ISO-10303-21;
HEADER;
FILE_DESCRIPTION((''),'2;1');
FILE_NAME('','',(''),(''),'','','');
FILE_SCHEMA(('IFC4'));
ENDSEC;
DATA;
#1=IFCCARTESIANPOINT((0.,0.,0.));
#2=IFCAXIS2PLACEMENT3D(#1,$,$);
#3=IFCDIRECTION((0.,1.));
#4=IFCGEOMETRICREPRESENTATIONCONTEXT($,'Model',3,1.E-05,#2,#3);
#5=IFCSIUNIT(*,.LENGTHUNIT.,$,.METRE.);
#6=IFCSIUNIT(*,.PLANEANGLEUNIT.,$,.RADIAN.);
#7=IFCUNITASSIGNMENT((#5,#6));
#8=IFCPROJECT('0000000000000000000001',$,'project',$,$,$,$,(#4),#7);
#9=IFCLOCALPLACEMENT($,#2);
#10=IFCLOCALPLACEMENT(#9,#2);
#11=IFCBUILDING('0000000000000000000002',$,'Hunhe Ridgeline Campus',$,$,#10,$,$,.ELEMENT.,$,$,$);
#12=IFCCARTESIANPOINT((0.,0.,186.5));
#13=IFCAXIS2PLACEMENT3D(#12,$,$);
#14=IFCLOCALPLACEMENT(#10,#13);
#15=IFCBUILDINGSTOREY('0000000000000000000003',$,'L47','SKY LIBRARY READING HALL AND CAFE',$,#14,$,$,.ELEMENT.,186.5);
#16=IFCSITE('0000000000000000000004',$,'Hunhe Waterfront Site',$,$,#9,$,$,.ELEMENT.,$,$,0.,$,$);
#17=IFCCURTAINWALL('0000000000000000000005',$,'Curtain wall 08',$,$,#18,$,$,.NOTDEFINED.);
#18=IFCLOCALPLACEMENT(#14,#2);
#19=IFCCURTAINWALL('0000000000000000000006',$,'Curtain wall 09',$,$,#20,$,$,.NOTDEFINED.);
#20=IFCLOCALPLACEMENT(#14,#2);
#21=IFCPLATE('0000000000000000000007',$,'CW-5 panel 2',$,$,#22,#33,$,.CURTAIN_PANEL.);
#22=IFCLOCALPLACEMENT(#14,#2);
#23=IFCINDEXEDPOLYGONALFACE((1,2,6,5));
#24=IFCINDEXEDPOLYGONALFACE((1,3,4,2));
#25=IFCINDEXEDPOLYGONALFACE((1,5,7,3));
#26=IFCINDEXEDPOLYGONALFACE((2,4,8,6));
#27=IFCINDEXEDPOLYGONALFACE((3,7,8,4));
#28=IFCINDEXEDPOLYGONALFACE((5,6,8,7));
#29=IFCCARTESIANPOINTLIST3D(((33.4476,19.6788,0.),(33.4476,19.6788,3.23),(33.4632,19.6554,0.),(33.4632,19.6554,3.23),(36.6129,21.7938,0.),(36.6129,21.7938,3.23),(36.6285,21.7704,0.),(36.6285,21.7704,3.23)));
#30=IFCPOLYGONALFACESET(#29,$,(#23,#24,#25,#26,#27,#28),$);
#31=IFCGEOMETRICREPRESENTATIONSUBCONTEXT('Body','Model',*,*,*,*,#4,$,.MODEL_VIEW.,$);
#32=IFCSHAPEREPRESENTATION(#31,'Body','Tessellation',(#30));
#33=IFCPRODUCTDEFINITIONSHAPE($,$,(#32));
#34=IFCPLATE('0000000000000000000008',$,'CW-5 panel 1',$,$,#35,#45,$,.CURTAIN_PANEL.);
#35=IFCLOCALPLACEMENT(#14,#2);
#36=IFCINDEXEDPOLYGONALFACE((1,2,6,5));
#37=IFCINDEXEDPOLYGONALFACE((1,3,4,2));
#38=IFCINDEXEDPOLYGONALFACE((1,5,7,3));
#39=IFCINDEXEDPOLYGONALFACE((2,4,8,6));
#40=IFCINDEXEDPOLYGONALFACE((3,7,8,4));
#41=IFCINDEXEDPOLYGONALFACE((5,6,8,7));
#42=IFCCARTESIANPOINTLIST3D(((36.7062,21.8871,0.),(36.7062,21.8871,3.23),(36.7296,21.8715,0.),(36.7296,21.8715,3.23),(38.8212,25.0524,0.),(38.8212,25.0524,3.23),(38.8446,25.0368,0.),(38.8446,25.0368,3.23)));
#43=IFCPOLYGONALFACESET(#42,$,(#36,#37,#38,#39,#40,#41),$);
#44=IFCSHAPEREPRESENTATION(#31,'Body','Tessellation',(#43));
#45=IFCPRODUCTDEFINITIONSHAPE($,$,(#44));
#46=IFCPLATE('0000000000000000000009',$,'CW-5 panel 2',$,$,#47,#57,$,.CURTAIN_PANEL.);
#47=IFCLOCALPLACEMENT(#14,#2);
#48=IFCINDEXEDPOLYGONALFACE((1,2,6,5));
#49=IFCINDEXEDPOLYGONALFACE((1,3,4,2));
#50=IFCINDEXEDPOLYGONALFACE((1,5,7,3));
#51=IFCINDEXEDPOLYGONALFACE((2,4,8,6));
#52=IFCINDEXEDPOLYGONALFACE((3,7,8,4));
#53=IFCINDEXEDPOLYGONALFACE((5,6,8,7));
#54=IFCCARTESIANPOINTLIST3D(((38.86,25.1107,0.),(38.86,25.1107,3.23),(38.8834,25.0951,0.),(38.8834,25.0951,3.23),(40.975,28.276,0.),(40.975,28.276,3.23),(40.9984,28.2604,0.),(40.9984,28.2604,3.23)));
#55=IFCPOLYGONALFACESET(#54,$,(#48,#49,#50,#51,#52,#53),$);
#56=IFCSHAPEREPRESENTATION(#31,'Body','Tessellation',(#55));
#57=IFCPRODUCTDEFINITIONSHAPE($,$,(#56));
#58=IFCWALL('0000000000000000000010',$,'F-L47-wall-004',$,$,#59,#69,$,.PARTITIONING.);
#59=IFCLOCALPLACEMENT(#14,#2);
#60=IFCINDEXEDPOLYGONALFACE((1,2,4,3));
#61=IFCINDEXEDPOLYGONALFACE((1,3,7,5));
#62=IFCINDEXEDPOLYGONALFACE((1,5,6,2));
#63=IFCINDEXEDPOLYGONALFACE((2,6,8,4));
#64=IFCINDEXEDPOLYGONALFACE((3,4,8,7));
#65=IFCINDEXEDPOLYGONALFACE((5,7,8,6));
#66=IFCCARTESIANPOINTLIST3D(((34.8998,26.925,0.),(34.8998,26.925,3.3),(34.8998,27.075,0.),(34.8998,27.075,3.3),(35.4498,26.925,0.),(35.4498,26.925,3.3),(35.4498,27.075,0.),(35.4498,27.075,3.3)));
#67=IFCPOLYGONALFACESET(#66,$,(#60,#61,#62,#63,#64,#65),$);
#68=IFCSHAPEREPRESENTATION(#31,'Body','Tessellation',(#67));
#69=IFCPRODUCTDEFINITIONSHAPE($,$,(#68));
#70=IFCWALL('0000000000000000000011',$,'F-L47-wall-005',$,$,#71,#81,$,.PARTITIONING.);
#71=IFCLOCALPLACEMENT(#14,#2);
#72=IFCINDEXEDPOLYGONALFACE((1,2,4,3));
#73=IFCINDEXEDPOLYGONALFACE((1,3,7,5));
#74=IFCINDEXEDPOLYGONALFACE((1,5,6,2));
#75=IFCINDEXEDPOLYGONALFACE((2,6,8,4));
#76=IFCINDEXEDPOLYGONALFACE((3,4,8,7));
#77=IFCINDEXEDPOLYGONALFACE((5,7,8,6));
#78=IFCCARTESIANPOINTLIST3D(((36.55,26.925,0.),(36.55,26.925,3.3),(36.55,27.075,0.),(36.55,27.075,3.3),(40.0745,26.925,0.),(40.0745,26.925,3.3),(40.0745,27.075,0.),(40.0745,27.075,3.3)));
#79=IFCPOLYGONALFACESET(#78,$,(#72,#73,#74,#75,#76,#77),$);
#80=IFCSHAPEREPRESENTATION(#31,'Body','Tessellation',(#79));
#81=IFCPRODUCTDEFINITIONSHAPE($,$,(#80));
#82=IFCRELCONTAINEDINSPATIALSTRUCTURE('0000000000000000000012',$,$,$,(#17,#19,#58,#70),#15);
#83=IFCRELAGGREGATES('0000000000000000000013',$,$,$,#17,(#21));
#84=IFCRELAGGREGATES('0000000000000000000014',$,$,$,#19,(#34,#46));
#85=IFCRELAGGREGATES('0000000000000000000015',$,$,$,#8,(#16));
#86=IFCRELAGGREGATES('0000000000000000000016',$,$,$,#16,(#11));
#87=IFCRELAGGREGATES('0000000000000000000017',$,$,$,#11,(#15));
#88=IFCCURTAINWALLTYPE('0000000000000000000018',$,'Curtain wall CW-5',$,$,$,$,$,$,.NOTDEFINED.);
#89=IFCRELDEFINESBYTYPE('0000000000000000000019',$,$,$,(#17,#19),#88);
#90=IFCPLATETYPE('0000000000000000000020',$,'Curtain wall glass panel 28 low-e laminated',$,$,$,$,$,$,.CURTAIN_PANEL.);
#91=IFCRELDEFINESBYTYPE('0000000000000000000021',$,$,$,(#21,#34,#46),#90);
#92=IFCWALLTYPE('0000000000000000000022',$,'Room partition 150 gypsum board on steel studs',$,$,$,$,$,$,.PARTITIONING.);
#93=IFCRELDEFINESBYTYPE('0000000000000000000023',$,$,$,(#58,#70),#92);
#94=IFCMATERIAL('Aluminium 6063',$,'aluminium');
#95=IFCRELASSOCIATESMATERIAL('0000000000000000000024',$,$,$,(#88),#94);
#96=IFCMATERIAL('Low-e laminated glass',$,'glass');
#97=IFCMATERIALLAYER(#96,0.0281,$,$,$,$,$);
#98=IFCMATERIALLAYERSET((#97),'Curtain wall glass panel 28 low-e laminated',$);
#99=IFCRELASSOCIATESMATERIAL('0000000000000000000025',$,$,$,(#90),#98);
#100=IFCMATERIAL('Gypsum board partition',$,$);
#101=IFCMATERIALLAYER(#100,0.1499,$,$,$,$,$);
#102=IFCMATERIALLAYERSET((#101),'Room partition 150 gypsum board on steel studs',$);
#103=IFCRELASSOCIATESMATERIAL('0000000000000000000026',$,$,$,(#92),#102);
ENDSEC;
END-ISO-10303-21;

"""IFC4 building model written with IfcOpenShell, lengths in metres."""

from ifc_helpers import new_model, si_unit, direction, frame, frame_2d, origin, origin_2d, place, context, subcontext, project, spatial, rectangle, extrude, material, layer, layer_set, type_object, element, aggregate, save


model = new_model("IFC4")

# Units and contexts
model_context = context("Model", 3, precision=1e-05, world=origin(), true_north=direction((0.0, 1.0)))
body_context = subcontext(model_context, "Body", "Model", "MODEL_VIEW")
ifc_project = project(units=[si_unit("LENGTHUNIT", "METRE"), si_unit("PLANEANGLEUNIT", "RADIAN")], contexts=[model_context])

# Site, building, storey
site_placement = place(None, origin())
site = spatial("IfcSite", under=ifc_project, at=site_placement, Name="Hunhe Waterfront Site", CompositionType="ELEMENT", RefElevation=0.0)
building_placement = place(site_placement, origin())
building = spatial("IfcBuilding", under=site, at=building_placement, Name="Hunhe Ridgeline Campus", CompositionType="ELEMENT")
storey_placement = place(building_placement, frame((0.0, 0.0, 186.5)))
storey = spatial("IfcBuildingStorey", under=building, at=storey_placement, Name="L47", Description="SKY LIBRARY READING HALL AND CAFE", CompositionType="ELEMENT", Elevation=186.5)

# Curtain walls
ifc_material_1 = material(Name="Aluminium 6063", Category="aluminium")
curtain_wall_type = type_object("IfcCurtainWallType", Name="Curtain wall CW-5", PredefinedType="NOTDEFINED", material=ifc_material_1)
curtain_wall_1_placement = place(storey_placement, origin())
curtain_wall_1 = element("IfcCurtainWall", 1, at=curtain_wall_1_placement, inside=storey, type_object=curtain_wall_type, Name="Curtain wall 08", PredefinedType="NOTDEFINED")
curtain_wall_2_placement = place(storey_placement, origin())
curtain_wall_2 = element("IfcCurtainWall", 2, at=curtain_wall_2_placement, inside=storey, type_object=curtain_wall_type, Name="Curtain wall 09", PredefinedType="NOTDEFINED")

# Plates
ifc_material_2 = material(Name="Low-e laminated glass", Category="glass")
ifc_layer_1 = layer(ifc_material_2, 0.0281)
ifc_layer_set_1 = layer_set([ifc_layer_1], Name="Curtain wall glass panel 28 low-e laminated")
plate_type = type_object("IfcPlateType", Name="Curtain wall glass panel 28 low-e laminated", PredefinedType="CURTAIN_PANEL", material=ifc_layer_set_1)
plate_1_placement = place(storey_placement, frame((35.0381, 20.7246, 0.0), z_axis=(0.0, 0.0, 1.0), x_axis=(0.83147, 0.55557, 0.0)))
plate_1 = element("IfcPlate", 3, at=plate_1_placement, type_object=plate_type, Name="CW-5 panel 2", PredefinedType="CURTAIN_PANEL", context=body_context, shape_type="SweptSolid", body=[
    extrude(rectangle(XDim=3.8069, YDim=0.0281, at=origin_2d()), origin(), (0.0, 0.0, 1.0), 3.23),
])
aggregate(curtain_wall_1, [plate_1])
plate_2_placement = place(storey_placement, frame((37.7754, 23.4619, 0.0), z_axis=(0.0, 0.0, 1.0), x_axis=(0.55557, 0.83147, 0.0)))
plate_2 = element("IfcPlate", 4, at=plate_2_placement, type_object=plate_type, Name="CW-5 panel 1", PredefinedType="CURTAIN_PANEL", context=body_context, shape_type="SweptSolid", body=[
    extrude(rectangle(XDim=3.8069, YDim=0.0281, at=origin_2d()), origin(), (0.0, 0.0, 1.0), 3.23),
])
plate_3_placement = place(storey_placement, frame((39.9292, 26.6855, 0.0), z_axis=(0.0, 0.0, 1.0), x_axis=(0.55557, 0.83147, 0.0)))
plate_3 = element("IfcPlate", 5, at=plate_3_placement, type_object=plate_type, Name="CW-5 panel 2", PredefinedType="CURTAIN_PANEL", context=body_context, shape_type="SweptSolid", body=[
    extrude(rectangle(XDim=3.8069, YDim=0.0281, at=origin_2d()), origin(), (0.0, 0.0, 1.0), 3.23),
])
aggregate(curtain_wall_2, [plate_2, plate_3])

# Shared definitions
ifc_material_3 = material(Name="Gypsum board partition")

# Walls
ifc_layer_2 = layer(ifc_material_3, 0.1499)
ifc_layer_set_2 = layer_set([ifc_layer_2], Name="Room partition 150 gypsum board on steel studs")
wall_type_1 = type_object("IfcWallType", Name="Room partition 150 gypsum board on steel studs", PredefinedType="PARTITIONING", material=ifc_layer_set_2)
wall_1_placement = place(storey_placement, frame((34.8999, 27.0, 0.0), z_axis=(0.0, 0.0, 1.0), x_axis=(1.0, 0.0, 0.0)))
element("IfcWall", 6, at=wall_1_placement, inside=storey, type_object=wall_type_1, Name="F-L47-wall-004", PredefinedType="PARTITIONING", context=body_context, shape_type="SweptSolid", body=[
    extrude(rectangle(XDim=0.55, YDim=0.1499, at=frame_2d((0.2749, 0.0))), origin(), (0.0, 0.0, 1.0), 3.3),
])
wall_2_placement = place(storey_placement, frame((36.55, 27.0, 0.0), z_axis=(0.0, 0.0, 1.0), x_axis=(1.0, 0.0, 0.0)))
element("IfcWall", 7, at=wall_2_placement, inside=storey, type_object=wall_type_1, Name="F-L47-wall-005", PredefinedType="PARTITIONING", context=body_context, shape_type="SweptSolid", body=[
    extrude(rectangle(XDim=3.5244, YDim=0.1499, at=frame_2d((1.7622, 0.0))), origin(), (0.0, 0.0, 1.0), 3.3),
])

save(model, "model.ifc")
